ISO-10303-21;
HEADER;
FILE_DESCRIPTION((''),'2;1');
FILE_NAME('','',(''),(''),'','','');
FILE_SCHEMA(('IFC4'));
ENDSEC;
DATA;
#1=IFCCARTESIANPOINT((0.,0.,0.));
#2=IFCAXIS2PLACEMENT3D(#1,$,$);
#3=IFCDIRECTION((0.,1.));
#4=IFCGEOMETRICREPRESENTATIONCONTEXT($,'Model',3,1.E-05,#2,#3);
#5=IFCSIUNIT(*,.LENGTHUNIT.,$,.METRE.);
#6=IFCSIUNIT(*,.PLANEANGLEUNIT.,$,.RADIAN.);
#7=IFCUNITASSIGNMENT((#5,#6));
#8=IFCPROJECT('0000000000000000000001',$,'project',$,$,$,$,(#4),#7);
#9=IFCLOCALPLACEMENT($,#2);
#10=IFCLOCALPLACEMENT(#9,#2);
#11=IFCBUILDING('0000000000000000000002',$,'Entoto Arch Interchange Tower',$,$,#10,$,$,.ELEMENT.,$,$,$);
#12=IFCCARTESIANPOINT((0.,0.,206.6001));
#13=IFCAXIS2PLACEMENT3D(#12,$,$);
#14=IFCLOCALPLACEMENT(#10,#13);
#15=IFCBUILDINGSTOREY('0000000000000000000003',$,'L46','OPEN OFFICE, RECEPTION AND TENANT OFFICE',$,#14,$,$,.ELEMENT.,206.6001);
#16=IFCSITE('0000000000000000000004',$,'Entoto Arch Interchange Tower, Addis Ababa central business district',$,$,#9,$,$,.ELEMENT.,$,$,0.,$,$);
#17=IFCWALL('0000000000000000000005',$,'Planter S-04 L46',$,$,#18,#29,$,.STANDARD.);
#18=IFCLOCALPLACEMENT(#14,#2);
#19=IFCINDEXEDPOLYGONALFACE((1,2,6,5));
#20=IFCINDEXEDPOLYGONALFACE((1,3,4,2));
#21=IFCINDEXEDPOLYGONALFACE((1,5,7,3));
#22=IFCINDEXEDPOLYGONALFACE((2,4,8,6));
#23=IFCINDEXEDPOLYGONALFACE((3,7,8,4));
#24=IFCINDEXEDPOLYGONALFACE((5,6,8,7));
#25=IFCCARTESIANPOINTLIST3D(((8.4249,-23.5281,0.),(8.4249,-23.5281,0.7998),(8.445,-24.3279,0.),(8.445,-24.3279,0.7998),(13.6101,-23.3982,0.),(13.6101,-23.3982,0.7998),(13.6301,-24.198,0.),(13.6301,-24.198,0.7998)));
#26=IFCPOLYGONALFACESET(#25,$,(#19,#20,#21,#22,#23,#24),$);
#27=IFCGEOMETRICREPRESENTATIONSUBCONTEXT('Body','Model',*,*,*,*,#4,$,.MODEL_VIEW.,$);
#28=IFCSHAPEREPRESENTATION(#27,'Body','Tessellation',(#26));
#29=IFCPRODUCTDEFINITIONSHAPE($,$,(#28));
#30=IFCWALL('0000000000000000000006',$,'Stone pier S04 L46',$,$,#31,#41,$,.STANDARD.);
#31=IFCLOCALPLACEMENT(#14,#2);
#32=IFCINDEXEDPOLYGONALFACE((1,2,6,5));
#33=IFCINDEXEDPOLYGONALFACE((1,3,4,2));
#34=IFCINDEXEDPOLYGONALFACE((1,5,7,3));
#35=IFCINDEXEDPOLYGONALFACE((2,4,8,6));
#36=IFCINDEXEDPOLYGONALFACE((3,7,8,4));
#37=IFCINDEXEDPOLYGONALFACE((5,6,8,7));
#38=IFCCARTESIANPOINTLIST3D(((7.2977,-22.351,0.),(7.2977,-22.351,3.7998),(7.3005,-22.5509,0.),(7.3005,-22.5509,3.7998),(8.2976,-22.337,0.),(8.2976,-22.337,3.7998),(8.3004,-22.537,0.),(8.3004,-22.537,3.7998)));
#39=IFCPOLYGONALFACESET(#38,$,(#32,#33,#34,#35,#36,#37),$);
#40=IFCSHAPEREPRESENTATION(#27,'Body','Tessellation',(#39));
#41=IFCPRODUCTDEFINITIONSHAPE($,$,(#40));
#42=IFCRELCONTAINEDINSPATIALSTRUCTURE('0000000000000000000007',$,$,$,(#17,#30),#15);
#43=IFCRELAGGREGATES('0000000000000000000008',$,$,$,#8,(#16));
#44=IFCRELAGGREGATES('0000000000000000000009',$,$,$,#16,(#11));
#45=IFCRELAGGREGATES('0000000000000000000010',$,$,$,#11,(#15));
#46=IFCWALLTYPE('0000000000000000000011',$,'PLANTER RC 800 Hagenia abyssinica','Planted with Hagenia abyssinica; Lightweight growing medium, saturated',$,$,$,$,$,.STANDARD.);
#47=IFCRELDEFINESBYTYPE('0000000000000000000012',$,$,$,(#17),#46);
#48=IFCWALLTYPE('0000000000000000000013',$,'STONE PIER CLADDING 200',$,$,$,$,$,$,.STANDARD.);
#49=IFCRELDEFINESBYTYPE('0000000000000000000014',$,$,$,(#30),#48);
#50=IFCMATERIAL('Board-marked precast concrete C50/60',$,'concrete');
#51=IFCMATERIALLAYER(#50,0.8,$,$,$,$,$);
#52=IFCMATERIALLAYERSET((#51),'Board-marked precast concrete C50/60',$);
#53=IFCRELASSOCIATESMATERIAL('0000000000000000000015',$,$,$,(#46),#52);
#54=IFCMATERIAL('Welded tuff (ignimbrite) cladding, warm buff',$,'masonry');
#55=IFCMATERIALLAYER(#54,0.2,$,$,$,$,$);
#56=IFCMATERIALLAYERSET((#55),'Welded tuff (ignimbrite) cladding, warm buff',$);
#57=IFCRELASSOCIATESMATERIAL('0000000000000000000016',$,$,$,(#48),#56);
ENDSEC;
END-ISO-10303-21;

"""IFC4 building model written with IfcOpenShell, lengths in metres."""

from ifc_helpers import new_model, si_unit, direction, frame, frame_2d, origin, place, context, subcontext, project, spatial, rectangle, extrude, material, layer, layer_set, type_object, element, save


model = new_model("IFC4")

# Units and contexts
model_context = context("Model", 3, precision=1e-05, world=origin(), true_north=direction((0.0, 1.0)))
body_context = subcontext(model_context, "Body", "Model", "MODEL_VIEW")
ifc_project = project(units=[si_unit("LENGTHUNIT", "METRE"), si_unit("PLANEANGLEUNIT", "RADIAN")], contexts=[model_context])

# Site, building, storey
site_placement = place(None, origin())
site = spatial("IfcSite", under=ifc_project, at=site_placement, Name="Entoto Arch Interchange Tower, Addis Ababa central business district", CompositionType="ELEMENT", RefElevation=0.0)
building_placement = place(site_placement, origin())
building = spatial("IfcBuilding", under=site, at=building_placement, Name="Entoto Arch Interchange Tower", CompositionType="ELEMENT")
storey_placement = place(building_placement, frame((0.0, 0.0, 206.6001)))
storey = spatial("IfcBuildingStorey", under=building, at=storey_placement, Name="L46", Description="OPEN OFFICE, RECEPTION AND TENANT OFFICE", CompositionType="ELEMENT", Elevation=206.6001)

# Wall
ifc_material_1 = material(Name="Board-marked precast concrete C50/60", Category="concrete")
ifc_layer_1 = layer(ifc_material_1, 0.8)
ifc_layer_set_1 = layer_set([ifc_layer_1], Name="Board-marked precast concrete C50/60")
wall_type_1 = type_object("IfcWallType", Name="PLANTER RC 800 Hagenia abyssinica", Description="Planted with Hagenia abyssinica; Lightweight growing medium, saturated", PredefinedType="STANDARD", material=ifc_layer_set_1)
wall_1_placement = place(storey_placement, frame((8.4351, -23.928, 0.0), z_axis=(0.0, 0.0, 1.0), x_axis=(0.999686, 0.025042, 0.0)))
element("IfcWall", 1, at=wall_1_placement, inside=storey, type_object=wall_type_1, Name="Planter S-04 L46", PredefinedType="STANDARD", context=body_context, shape_type="SweptSolid", body=[
    extrude(rectangle(XDim=5.1868, YDim=0.8, at=frame_2d((2.5933, 0.0))), origin(), (0.0, 0.0, 1.0), 0.7998),
])

# Shared definitions
ifc_material_2 = material(Name="Welded tuff (ignimbrite) cladding, warm buff", Category="masonry")

# Wall
ifc_layer_2 = layer(ifc_material_2, 0.2)
ifc_layer_set_2 = layer_set([ifc_layer_2], Name="Welded tuff (ignimbrite) cladding, warm buff")
wall_type_2 = type_object("IfcWallType", Name="STONE PIER CLADDING 200", PredefinedType="STANDARD", material=ifc_layer_set_2)
wall_2_placement = place(storey_placement, frame((7.2991, -22.4509, 0.0), z_axis=(0.0, 0.0, 1.0), x_axis=(0.999903, 0.013915, 0.0)))
element("IfcWall", 2, at=wall_2_placement, inside=storey, type_object=wall_type_2, Name="Stone pier S04 L46", PredefinedType="STANDARD", context=body_context, shape_type="SweptSolid", body=[
    extrude(rectangle(XDim=1.0, YDim=0.2, at=frame_2d((0.5, 0.0))), origin(), (0.0, 0.0, 1.0), 3.7998),
])

save(model, "model.ifc")
